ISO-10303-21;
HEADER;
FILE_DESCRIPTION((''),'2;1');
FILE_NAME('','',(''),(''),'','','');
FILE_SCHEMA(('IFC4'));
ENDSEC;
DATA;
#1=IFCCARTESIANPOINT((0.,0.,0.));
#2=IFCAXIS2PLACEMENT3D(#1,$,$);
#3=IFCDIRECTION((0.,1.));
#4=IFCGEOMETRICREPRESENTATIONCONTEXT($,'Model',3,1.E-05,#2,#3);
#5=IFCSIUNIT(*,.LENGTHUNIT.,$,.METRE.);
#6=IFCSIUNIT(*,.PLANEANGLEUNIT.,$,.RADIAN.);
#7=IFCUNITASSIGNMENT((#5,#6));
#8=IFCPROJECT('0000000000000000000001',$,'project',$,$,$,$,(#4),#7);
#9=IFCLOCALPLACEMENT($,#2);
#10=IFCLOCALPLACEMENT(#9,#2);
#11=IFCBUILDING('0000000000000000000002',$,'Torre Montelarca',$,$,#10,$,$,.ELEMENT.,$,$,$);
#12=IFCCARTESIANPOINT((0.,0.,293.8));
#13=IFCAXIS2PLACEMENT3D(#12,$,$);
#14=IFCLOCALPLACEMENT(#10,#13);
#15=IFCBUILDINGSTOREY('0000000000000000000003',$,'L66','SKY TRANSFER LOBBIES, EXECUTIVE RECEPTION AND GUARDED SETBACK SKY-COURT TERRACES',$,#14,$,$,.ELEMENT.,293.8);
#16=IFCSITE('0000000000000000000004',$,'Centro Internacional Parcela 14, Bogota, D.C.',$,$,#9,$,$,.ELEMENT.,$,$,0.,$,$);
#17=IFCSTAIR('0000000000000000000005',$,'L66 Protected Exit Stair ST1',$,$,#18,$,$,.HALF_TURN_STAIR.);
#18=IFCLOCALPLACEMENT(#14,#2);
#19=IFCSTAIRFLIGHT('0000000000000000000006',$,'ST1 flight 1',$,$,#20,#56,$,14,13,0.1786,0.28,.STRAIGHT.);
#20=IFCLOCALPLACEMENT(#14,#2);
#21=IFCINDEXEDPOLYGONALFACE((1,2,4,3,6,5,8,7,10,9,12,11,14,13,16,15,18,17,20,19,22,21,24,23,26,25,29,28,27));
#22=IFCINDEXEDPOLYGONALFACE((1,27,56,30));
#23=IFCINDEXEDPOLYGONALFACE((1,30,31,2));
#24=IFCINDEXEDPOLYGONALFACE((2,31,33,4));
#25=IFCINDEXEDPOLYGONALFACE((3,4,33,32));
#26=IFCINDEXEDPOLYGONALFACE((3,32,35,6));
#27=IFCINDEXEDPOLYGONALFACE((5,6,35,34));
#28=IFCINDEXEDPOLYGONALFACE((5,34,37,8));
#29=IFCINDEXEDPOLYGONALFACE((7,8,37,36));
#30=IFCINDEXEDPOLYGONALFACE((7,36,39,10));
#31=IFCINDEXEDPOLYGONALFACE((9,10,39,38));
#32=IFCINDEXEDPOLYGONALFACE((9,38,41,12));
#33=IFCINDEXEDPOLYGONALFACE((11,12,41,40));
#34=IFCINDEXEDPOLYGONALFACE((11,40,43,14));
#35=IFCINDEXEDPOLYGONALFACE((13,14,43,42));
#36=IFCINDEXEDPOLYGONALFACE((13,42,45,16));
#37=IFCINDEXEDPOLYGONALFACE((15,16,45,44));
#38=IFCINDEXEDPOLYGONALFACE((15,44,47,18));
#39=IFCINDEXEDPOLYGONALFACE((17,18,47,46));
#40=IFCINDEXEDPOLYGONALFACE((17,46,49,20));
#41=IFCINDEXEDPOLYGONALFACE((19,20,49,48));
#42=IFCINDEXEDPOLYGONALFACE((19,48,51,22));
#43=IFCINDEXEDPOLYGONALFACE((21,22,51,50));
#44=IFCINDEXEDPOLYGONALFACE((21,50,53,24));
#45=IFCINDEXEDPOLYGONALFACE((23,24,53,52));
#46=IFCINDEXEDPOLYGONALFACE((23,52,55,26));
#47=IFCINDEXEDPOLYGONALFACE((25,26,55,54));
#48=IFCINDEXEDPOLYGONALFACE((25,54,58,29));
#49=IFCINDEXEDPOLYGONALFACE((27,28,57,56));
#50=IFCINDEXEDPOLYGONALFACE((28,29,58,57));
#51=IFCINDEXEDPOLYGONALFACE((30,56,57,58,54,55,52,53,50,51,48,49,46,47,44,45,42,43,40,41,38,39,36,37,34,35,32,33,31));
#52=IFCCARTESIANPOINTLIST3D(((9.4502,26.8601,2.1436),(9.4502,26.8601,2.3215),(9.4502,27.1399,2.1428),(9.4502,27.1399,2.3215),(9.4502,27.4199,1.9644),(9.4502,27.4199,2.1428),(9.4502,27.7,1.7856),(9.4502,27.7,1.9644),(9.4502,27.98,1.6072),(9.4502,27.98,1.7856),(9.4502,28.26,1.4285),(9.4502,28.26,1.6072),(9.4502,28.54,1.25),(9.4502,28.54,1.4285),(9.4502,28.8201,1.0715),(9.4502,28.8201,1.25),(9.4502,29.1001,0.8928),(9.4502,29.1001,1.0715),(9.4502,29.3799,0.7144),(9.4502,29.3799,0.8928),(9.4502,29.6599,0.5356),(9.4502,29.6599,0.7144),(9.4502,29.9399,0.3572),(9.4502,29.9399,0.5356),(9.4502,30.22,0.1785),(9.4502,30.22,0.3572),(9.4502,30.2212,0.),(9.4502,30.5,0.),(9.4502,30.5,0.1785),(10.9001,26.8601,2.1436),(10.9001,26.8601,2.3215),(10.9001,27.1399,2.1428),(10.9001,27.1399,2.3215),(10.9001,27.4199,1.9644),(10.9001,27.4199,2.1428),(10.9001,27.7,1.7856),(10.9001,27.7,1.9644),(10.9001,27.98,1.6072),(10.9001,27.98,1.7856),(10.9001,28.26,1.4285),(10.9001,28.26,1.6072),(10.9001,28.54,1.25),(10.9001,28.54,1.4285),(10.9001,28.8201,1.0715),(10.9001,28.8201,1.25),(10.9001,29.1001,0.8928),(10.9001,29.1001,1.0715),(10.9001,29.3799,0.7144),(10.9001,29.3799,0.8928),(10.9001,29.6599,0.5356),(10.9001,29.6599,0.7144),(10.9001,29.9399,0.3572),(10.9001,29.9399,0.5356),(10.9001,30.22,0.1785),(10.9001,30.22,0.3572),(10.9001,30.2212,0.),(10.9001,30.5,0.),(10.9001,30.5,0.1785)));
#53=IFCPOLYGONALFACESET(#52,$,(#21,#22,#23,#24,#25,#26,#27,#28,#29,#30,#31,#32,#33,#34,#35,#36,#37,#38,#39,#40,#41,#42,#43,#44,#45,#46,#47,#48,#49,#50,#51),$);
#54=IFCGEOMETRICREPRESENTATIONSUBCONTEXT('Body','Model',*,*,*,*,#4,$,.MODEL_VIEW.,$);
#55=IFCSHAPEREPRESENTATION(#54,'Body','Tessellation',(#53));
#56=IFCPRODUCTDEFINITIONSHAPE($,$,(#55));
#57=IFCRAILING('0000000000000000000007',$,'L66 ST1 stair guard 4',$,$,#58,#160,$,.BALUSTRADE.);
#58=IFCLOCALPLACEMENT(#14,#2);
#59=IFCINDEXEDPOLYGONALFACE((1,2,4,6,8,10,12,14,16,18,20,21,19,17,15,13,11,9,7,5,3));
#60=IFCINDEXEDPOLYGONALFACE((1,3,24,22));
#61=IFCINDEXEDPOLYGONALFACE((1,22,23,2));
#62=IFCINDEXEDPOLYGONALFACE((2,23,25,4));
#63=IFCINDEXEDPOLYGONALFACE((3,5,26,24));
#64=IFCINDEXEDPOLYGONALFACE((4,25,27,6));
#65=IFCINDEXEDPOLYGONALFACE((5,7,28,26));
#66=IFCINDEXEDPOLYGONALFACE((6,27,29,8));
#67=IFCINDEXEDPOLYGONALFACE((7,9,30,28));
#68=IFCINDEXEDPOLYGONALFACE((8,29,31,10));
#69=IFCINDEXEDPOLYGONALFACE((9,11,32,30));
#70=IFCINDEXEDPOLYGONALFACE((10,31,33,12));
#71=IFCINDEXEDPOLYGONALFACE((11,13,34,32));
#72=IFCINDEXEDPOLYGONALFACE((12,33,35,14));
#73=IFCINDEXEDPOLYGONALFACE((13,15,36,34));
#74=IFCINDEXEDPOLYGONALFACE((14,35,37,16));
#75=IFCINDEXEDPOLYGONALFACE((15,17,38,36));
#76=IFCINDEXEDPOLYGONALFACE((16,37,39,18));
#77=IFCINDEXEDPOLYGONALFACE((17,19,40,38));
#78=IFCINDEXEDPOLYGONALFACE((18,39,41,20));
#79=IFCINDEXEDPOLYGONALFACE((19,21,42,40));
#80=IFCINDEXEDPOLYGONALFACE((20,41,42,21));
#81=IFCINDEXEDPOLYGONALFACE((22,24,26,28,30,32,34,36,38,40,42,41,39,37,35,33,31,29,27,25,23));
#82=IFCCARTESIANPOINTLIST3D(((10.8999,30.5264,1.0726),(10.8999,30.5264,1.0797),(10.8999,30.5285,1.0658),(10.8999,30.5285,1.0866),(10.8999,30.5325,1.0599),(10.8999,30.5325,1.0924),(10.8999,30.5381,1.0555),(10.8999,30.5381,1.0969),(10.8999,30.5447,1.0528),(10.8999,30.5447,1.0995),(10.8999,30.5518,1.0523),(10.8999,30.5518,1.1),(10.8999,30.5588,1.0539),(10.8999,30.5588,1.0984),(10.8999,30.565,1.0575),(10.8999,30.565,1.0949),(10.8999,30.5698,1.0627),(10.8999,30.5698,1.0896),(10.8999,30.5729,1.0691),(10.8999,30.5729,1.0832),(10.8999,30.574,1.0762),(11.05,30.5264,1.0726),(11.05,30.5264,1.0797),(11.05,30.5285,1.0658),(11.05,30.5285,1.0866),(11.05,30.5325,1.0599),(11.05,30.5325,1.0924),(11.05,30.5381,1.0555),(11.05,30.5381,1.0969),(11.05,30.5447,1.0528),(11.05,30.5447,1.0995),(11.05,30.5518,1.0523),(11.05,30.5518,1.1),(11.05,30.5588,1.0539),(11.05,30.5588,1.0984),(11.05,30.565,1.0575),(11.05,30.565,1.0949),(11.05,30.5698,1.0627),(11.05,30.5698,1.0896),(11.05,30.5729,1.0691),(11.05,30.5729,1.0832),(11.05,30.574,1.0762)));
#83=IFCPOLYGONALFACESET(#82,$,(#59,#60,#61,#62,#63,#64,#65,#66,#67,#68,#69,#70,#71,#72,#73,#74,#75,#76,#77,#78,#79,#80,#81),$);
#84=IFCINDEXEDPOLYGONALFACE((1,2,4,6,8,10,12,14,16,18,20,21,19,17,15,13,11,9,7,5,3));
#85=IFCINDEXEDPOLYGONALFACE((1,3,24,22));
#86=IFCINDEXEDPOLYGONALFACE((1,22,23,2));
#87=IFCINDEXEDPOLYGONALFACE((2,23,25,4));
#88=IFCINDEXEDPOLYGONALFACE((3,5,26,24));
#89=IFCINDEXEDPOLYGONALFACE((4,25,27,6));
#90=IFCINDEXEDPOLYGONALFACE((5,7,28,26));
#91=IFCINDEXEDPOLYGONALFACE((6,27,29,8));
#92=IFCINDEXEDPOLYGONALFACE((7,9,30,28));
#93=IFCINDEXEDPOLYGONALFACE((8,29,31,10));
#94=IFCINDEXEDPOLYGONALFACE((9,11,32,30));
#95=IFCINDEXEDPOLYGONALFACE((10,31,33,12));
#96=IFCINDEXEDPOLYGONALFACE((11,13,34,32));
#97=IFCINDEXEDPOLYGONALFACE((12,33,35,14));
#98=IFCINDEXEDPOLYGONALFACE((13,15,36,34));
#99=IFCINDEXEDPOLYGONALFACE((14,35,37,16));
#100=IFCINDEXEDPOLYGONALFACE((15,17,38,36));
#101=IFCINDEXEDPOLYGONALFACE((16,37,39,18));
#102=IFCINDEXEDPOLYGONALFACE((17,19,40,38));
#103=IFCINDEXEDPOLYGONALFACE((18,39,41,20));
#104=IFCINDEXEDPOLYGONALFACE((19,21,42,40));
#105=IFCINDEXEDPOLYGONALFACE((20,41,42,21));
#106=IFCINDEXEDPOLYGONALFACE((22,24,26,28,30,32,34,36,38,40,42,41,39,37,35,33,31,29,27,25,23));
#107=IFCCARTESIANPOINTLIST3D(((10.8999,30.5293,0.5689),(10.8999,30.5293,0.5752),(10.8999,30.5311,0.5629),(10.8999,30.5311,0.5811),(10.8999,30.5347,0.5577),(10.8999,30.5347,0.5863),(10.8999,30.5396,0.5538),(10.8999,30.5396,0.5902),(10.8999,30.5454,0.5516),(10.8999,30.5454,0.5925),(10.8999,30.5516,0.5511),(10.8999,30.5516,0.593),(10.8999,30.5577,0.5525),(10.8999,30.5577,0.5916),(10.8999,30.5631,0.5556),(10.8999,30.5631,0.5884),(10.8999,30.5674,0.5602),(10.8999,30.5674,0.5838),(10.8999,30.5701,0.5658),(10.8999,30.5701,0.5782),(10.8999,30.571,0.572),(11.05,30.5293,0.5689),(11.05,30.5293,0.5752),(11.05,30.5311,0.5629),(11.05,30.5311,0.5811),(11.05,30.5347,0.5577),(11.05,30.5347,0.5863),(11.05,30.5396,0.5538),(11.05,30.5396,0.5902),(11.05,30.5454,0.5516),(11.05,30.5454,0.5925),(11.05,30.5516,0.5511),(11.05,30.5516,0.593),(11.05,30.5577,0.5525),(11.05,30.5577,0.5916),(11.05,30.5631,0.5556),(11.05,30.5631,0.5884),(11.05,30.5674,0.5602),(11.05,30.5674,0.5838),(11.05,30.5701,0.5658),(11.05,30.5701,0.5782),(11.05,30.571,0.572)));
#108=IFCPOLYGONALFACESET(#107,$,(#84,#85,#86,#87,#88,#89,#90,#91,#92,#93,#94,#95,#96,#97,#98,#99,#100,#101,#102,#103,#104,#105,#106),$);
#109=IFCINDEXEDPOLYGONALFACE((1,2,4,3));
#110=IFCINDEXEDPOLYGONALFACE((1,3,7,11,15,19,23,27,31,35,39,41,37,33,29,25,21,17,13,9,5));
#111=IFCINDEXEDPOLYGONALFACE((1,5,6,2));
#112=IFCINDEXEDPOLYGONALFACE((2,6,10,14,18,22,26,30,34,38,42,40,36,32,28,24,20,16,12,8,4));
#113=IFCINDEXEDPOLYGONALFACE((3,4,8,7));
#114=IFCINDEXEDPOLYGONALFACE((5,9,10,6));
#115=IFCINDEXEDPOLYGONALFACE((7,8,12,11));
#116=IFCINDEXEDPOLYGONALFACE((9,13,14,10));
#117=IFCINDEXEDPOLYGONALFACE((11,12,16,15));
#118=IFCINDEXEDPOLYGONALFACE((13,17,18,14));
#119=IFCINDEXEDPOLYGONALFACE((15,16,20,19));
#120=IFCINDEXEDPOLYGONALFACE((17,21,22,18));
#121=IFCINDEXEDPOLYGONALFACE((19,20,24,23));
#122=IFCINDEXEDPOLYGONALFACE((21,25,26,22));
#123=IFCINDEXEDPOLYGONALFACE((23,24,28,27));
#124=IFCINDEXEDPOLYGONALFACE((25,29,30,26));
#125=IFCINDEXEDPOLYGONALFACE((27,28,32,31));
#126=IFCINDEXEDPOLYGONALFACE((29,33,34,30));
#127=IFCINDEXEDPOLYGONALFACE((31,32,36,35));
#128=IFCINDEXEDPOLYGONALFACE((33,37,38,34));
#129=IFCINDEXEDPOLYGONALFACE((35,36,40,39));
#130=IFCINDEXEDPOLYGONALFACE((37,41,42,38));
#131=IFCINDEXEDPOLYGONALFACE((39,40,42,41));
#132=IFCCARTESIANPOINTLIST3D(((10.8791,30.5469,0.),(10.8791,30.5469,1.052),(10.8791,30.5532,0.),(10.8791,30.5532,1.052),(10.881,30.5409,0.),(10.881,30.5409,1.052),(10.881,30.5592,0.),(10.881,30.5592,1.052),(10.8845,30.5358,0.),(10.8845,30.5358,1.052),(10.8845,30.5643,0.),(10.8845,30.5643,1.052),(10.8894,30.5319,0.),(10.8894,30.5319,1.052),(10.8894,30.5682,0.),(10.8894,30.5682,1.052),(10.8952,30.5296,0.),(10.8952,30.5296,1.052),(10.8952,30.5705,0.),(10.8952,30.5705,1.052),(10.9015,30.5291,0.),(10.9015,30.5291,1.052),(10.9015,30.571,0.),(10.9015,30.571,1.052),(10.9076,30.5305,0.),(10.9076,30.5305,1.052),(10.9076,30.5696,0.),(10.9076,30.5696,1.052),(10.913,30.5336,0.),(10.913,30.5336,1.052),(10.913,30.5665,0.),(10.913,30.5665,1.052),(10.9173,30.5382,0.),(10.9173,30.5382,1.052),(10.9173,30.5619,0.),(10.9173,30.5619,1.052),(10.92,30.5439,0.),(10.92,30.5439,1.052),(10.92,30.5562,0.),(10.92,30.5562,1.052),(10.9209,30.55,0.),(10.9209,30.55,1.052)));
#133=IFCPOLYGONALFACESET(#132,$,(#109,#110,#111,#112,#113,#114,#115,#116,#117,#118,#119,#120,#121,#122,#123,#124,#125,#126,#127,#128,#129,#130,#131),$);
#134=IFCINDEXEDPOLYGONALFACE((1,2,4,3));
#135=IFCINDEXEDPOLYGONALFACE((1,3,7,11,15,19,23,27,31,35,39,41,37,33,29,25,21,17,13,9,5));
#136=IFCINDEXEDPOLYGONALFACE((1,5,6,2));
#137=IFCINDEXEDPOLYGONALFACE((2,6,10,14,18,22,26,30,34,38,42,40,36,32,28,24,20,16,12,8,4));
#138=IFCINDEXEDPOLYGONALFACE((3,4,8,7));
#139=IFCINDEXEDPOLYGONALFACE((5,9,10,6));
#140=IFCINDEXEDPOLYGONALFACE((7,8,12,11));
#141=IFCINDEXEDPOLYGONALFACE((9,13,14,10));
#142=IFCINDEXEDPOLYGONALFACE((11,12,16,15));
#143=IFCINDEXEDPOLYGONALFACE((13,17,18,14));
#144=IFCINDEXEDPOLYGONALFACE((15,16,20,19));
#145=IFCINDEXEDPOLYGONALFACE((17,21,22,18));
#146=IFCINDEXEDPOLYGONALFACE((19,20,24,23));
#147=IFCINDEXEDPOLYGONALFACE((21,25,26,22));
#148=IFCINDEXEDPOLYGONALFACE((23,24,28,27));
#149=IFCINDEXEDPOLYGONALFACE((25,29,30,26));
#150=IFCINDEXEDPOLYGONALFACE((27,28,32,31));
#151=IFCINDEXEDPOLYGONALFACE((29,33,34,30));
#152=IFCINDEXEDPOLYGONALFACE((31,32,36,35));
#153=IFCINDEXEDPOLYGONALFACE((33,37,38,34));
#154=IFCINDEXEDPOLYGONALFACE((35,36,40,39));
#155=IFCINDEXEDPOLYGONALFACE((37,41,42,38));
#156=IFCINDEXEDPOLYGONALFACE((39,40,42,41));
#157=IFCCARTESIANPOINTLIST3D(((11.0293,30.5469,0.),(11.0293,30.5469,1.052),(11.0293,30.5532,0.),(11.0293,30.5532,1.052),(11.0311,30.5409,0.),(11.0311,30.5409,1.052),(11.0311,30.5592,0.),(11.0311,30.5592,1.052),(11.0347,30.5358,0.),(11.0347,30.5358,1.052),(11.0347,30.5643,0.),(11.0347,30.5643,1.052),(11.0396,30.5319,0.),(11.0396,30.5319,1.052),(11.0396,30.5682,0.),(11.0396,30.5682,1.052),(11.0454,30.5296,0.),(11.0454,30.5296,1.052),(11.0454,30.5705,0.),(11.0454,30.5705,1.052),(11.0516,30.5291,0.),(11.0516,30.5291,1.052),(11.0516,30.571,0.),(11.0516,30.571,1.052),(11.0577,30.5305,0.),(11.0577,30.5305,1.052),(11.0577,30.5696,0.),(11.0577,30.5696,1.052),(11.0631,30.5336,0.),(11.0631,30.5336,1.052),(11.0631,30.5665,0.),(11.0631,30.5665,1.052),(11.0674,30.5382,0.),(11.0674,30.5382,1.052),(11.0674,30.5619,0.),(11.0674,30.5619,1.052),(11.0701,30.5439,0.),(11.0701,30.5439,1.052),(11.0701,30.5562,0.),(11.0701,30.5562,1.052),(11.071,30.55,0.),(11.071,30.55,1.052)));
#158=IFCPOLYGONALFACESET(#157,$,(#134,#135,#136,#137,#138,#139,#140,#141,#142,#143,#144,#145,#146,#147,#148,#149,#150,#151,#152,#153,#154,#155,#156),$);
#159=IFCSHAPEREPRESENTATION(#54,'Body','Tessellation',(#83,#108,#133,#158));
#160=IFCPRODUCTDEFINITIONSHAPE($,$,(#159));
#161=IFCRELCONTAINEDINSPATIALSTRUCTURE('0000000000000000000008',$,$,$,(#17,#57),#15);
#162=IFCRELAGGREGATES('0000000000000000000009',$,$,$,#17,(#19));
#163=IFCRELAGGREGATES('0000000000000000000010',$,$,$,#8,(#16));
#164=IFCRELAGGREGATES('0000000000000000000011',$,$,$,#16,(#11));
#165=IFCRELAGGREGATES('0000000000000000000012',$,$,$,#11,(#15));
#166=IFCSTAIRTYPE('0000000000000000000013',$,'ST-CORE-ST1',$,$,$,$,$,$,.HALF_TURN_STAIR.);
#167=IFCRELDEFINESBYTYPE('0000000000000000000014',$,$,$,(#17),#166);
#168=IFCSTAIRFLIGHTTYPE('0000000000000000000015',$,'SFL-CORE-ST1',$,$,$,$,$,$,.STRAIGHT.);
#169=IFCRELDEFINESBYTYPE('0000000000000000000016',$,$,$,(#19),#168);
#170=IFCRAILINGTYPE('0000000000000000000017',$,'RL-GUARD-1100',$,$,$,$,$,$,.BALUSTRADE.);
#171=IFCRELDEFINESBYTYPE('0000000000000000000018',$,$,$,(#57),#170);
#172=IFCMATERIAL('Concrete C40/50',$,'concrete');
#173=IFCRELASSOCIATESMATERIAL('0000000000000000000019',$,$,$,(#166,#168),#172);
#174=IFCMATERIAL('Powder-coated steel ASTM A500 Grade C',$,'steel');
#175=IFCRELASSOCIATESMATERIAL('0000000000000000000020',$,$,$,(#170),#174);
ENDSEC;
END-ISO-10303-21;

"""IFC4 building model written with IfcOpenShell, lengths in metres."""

from ifc_helpers import new_model, si_unit, direction, frame, origin, origin_2d, place, context, subcontext, project, spatial, polyline, circle, outline, extrude, material, type_object, element, aggregate, save


model = new_model("IFC4")

# Units and contexts
model_context = context("Model", 3, precision=1e-05, world=origin(), true_north=direction((0.0, 1.0)))
body_context = subcontext(model_context, "Body", "Model", "MODEL_VIEW")
ifc_project = project(units=[si_unit("LENGTHUNIT", "METRE"), si_unit("PLANEANGLEUNIT", "RADIAN")], contexts=[model_context])

# Site, building, storey
site_placement = place(None, origin())
site = spatial("IfcSite", under=ifc_project, at=site_placement, Name="Centro Internacional Parcela 14, Bogota, D.C.", CompositionType="ELEMENT", RefElevation=0.0)
building_placement = place(site_placement, origin())
building = spatial("IfcBuilding", under=site, at=building_placement, Name="Torre Montelarca", CompositionType="ELEMENT")
storey_placement = place(building_placement, frame((0.0, 0.0, 293.8)))
storey = spatial("IfcBuildingStorey", under=building, at=storey_placement, Name="L66", Description="SKY TRANSFER LOBBIES, EXECUTIVE RECEPTION AND GUARDED SETBACK SKY-COURT TERRACES", CompositionType="ELEMENT", Elevation=293.8)

# Shared definitions
ifc_material_1 = material(Name="Concrete C40/50", Category="concrete")

# Stair, stair flight
stair_type = type_object("IfcStairType", Name="ST-CORE-ST1", PredefinedType="HALF_TURN_STAIR", material=ifc_material_1)
stair_placement = place(storey_placement, origin())
stair = element("IfcStair", 1, at=stair_placement, inside=storey, type_object=stair_type, Name="L66 Protected Exit Stair ST1", PredefinedType="HALF_TURN_STAIR")
stair_flight_type = type_object("IfcStairFlightType", Name="SFL-CORE-ST1", PredefinedType="STRAIGHT", material=ifc_material_1)
stair_flight_placement = place(storey_placement, frame((10.175, 30.5, 0.0), z_axis=(0.0, 0.0, 1.0), x_axis=(0.0, -1.0, 0.0)))
stair_flight = element("IfcStairFlight", 2, at=stair_flight_placement, type_object=stair_flight_type, Name="ST1 flight 1", NumberOfRisers=14, NumberOfTreads=13, PredefinedType="STRAIGHT", RiserHeight=0.1786, TreadLength=0.28, context=body_context, shape_type="SweptSolid", body=[
    extrude(outline(polyline([(0.0, 0.0), (0.0, 0.1785), (0.28, 0.1785), (0.28, 0.3572), (0.5601, 0.3572), (0.5601, 0.5356), (0.8401, 0.5356), (0.8401, 0.7144), (1.1201, 0.7144), (1.1201, 0.8928), (1.3999, 0.8928), (1.3999, 1.0715), (1.6799, 1.0715), (1.6799, 1.25), (1.96, 1.25), (1.96, 1.4285), (2.24, 1.4285), (2.24, 1.6072), (2.52, 1.6072), (2.52, 1.7856), (2.8, 1.7856), (2.8, 1.9644), (3.0801, 1.9644), (3.0801, 2.1428), (3.3601, 2.1428), (3.3601, 2.3215), (3.6399, 2.3215), (3.6399, 2.5), (3.6399, 2.1436), (0.2788, 0.0), (0.0, 0.0)])), frame((0.0, 0.7251, 0.0), z_axis=(0.0, -1.0, 0.0), x_axis=(1.0, 0.0, 0.0)), (0.0, 0.0, 1.0), 1.45),
])
aggregate(stair, [stair_flight])

# Railing
ifc_material_2 = material(Name="Powder-coated steel ASTM A500 Grade C", Category="steel")
railing_type_1 = type_object("IfcRailingType", Name="RL-GUARD-1100", PredefinedType="BALUSTRADE", material=ifc_material_2)
railing_1_placement = place(storey_placement, frame((10.8999, 30.55, 0.0)))
element("IfcRailing", 3, at=railing_1_placement, inside=storey, type_object=railing_type_1, Name="L66 ST1 stair guard 4", PredefinedType="BALUSTRADE", context=body_context, shape_type="SweptSolid", body=[
    extrude(circle(Radius=0.0239, at=origin_2d()), frame((0.0, 0.0, 1.0762), z_axis=(1.0, 0.0, 0.0), x_axis=(0.0, 1.0, 0.0)), (0.0, 0.0, 1.0), 0.1501),
    extrude(circle(Radius=0.021, at=origin_2d()), frame((0.0, 0.0, 0.572), z_axis=(1.0, 0.0, 0.0), x_axis=(0.0, 1.0, 0.0)), (0.0, 0.0, 1.0), 0.1501),
    extrude(circle(Radius=0.021, at=origin_2d()), origin(), (0.0, 0.0, 1.0), 1.052),
    extrude(circle(Radius=0.021, at=origin_2d()), frame((0.1501, 0.0, 0.0)), (0.0, 0.0, 1.0), 1.052),
])

save(model, "model.ifc")
